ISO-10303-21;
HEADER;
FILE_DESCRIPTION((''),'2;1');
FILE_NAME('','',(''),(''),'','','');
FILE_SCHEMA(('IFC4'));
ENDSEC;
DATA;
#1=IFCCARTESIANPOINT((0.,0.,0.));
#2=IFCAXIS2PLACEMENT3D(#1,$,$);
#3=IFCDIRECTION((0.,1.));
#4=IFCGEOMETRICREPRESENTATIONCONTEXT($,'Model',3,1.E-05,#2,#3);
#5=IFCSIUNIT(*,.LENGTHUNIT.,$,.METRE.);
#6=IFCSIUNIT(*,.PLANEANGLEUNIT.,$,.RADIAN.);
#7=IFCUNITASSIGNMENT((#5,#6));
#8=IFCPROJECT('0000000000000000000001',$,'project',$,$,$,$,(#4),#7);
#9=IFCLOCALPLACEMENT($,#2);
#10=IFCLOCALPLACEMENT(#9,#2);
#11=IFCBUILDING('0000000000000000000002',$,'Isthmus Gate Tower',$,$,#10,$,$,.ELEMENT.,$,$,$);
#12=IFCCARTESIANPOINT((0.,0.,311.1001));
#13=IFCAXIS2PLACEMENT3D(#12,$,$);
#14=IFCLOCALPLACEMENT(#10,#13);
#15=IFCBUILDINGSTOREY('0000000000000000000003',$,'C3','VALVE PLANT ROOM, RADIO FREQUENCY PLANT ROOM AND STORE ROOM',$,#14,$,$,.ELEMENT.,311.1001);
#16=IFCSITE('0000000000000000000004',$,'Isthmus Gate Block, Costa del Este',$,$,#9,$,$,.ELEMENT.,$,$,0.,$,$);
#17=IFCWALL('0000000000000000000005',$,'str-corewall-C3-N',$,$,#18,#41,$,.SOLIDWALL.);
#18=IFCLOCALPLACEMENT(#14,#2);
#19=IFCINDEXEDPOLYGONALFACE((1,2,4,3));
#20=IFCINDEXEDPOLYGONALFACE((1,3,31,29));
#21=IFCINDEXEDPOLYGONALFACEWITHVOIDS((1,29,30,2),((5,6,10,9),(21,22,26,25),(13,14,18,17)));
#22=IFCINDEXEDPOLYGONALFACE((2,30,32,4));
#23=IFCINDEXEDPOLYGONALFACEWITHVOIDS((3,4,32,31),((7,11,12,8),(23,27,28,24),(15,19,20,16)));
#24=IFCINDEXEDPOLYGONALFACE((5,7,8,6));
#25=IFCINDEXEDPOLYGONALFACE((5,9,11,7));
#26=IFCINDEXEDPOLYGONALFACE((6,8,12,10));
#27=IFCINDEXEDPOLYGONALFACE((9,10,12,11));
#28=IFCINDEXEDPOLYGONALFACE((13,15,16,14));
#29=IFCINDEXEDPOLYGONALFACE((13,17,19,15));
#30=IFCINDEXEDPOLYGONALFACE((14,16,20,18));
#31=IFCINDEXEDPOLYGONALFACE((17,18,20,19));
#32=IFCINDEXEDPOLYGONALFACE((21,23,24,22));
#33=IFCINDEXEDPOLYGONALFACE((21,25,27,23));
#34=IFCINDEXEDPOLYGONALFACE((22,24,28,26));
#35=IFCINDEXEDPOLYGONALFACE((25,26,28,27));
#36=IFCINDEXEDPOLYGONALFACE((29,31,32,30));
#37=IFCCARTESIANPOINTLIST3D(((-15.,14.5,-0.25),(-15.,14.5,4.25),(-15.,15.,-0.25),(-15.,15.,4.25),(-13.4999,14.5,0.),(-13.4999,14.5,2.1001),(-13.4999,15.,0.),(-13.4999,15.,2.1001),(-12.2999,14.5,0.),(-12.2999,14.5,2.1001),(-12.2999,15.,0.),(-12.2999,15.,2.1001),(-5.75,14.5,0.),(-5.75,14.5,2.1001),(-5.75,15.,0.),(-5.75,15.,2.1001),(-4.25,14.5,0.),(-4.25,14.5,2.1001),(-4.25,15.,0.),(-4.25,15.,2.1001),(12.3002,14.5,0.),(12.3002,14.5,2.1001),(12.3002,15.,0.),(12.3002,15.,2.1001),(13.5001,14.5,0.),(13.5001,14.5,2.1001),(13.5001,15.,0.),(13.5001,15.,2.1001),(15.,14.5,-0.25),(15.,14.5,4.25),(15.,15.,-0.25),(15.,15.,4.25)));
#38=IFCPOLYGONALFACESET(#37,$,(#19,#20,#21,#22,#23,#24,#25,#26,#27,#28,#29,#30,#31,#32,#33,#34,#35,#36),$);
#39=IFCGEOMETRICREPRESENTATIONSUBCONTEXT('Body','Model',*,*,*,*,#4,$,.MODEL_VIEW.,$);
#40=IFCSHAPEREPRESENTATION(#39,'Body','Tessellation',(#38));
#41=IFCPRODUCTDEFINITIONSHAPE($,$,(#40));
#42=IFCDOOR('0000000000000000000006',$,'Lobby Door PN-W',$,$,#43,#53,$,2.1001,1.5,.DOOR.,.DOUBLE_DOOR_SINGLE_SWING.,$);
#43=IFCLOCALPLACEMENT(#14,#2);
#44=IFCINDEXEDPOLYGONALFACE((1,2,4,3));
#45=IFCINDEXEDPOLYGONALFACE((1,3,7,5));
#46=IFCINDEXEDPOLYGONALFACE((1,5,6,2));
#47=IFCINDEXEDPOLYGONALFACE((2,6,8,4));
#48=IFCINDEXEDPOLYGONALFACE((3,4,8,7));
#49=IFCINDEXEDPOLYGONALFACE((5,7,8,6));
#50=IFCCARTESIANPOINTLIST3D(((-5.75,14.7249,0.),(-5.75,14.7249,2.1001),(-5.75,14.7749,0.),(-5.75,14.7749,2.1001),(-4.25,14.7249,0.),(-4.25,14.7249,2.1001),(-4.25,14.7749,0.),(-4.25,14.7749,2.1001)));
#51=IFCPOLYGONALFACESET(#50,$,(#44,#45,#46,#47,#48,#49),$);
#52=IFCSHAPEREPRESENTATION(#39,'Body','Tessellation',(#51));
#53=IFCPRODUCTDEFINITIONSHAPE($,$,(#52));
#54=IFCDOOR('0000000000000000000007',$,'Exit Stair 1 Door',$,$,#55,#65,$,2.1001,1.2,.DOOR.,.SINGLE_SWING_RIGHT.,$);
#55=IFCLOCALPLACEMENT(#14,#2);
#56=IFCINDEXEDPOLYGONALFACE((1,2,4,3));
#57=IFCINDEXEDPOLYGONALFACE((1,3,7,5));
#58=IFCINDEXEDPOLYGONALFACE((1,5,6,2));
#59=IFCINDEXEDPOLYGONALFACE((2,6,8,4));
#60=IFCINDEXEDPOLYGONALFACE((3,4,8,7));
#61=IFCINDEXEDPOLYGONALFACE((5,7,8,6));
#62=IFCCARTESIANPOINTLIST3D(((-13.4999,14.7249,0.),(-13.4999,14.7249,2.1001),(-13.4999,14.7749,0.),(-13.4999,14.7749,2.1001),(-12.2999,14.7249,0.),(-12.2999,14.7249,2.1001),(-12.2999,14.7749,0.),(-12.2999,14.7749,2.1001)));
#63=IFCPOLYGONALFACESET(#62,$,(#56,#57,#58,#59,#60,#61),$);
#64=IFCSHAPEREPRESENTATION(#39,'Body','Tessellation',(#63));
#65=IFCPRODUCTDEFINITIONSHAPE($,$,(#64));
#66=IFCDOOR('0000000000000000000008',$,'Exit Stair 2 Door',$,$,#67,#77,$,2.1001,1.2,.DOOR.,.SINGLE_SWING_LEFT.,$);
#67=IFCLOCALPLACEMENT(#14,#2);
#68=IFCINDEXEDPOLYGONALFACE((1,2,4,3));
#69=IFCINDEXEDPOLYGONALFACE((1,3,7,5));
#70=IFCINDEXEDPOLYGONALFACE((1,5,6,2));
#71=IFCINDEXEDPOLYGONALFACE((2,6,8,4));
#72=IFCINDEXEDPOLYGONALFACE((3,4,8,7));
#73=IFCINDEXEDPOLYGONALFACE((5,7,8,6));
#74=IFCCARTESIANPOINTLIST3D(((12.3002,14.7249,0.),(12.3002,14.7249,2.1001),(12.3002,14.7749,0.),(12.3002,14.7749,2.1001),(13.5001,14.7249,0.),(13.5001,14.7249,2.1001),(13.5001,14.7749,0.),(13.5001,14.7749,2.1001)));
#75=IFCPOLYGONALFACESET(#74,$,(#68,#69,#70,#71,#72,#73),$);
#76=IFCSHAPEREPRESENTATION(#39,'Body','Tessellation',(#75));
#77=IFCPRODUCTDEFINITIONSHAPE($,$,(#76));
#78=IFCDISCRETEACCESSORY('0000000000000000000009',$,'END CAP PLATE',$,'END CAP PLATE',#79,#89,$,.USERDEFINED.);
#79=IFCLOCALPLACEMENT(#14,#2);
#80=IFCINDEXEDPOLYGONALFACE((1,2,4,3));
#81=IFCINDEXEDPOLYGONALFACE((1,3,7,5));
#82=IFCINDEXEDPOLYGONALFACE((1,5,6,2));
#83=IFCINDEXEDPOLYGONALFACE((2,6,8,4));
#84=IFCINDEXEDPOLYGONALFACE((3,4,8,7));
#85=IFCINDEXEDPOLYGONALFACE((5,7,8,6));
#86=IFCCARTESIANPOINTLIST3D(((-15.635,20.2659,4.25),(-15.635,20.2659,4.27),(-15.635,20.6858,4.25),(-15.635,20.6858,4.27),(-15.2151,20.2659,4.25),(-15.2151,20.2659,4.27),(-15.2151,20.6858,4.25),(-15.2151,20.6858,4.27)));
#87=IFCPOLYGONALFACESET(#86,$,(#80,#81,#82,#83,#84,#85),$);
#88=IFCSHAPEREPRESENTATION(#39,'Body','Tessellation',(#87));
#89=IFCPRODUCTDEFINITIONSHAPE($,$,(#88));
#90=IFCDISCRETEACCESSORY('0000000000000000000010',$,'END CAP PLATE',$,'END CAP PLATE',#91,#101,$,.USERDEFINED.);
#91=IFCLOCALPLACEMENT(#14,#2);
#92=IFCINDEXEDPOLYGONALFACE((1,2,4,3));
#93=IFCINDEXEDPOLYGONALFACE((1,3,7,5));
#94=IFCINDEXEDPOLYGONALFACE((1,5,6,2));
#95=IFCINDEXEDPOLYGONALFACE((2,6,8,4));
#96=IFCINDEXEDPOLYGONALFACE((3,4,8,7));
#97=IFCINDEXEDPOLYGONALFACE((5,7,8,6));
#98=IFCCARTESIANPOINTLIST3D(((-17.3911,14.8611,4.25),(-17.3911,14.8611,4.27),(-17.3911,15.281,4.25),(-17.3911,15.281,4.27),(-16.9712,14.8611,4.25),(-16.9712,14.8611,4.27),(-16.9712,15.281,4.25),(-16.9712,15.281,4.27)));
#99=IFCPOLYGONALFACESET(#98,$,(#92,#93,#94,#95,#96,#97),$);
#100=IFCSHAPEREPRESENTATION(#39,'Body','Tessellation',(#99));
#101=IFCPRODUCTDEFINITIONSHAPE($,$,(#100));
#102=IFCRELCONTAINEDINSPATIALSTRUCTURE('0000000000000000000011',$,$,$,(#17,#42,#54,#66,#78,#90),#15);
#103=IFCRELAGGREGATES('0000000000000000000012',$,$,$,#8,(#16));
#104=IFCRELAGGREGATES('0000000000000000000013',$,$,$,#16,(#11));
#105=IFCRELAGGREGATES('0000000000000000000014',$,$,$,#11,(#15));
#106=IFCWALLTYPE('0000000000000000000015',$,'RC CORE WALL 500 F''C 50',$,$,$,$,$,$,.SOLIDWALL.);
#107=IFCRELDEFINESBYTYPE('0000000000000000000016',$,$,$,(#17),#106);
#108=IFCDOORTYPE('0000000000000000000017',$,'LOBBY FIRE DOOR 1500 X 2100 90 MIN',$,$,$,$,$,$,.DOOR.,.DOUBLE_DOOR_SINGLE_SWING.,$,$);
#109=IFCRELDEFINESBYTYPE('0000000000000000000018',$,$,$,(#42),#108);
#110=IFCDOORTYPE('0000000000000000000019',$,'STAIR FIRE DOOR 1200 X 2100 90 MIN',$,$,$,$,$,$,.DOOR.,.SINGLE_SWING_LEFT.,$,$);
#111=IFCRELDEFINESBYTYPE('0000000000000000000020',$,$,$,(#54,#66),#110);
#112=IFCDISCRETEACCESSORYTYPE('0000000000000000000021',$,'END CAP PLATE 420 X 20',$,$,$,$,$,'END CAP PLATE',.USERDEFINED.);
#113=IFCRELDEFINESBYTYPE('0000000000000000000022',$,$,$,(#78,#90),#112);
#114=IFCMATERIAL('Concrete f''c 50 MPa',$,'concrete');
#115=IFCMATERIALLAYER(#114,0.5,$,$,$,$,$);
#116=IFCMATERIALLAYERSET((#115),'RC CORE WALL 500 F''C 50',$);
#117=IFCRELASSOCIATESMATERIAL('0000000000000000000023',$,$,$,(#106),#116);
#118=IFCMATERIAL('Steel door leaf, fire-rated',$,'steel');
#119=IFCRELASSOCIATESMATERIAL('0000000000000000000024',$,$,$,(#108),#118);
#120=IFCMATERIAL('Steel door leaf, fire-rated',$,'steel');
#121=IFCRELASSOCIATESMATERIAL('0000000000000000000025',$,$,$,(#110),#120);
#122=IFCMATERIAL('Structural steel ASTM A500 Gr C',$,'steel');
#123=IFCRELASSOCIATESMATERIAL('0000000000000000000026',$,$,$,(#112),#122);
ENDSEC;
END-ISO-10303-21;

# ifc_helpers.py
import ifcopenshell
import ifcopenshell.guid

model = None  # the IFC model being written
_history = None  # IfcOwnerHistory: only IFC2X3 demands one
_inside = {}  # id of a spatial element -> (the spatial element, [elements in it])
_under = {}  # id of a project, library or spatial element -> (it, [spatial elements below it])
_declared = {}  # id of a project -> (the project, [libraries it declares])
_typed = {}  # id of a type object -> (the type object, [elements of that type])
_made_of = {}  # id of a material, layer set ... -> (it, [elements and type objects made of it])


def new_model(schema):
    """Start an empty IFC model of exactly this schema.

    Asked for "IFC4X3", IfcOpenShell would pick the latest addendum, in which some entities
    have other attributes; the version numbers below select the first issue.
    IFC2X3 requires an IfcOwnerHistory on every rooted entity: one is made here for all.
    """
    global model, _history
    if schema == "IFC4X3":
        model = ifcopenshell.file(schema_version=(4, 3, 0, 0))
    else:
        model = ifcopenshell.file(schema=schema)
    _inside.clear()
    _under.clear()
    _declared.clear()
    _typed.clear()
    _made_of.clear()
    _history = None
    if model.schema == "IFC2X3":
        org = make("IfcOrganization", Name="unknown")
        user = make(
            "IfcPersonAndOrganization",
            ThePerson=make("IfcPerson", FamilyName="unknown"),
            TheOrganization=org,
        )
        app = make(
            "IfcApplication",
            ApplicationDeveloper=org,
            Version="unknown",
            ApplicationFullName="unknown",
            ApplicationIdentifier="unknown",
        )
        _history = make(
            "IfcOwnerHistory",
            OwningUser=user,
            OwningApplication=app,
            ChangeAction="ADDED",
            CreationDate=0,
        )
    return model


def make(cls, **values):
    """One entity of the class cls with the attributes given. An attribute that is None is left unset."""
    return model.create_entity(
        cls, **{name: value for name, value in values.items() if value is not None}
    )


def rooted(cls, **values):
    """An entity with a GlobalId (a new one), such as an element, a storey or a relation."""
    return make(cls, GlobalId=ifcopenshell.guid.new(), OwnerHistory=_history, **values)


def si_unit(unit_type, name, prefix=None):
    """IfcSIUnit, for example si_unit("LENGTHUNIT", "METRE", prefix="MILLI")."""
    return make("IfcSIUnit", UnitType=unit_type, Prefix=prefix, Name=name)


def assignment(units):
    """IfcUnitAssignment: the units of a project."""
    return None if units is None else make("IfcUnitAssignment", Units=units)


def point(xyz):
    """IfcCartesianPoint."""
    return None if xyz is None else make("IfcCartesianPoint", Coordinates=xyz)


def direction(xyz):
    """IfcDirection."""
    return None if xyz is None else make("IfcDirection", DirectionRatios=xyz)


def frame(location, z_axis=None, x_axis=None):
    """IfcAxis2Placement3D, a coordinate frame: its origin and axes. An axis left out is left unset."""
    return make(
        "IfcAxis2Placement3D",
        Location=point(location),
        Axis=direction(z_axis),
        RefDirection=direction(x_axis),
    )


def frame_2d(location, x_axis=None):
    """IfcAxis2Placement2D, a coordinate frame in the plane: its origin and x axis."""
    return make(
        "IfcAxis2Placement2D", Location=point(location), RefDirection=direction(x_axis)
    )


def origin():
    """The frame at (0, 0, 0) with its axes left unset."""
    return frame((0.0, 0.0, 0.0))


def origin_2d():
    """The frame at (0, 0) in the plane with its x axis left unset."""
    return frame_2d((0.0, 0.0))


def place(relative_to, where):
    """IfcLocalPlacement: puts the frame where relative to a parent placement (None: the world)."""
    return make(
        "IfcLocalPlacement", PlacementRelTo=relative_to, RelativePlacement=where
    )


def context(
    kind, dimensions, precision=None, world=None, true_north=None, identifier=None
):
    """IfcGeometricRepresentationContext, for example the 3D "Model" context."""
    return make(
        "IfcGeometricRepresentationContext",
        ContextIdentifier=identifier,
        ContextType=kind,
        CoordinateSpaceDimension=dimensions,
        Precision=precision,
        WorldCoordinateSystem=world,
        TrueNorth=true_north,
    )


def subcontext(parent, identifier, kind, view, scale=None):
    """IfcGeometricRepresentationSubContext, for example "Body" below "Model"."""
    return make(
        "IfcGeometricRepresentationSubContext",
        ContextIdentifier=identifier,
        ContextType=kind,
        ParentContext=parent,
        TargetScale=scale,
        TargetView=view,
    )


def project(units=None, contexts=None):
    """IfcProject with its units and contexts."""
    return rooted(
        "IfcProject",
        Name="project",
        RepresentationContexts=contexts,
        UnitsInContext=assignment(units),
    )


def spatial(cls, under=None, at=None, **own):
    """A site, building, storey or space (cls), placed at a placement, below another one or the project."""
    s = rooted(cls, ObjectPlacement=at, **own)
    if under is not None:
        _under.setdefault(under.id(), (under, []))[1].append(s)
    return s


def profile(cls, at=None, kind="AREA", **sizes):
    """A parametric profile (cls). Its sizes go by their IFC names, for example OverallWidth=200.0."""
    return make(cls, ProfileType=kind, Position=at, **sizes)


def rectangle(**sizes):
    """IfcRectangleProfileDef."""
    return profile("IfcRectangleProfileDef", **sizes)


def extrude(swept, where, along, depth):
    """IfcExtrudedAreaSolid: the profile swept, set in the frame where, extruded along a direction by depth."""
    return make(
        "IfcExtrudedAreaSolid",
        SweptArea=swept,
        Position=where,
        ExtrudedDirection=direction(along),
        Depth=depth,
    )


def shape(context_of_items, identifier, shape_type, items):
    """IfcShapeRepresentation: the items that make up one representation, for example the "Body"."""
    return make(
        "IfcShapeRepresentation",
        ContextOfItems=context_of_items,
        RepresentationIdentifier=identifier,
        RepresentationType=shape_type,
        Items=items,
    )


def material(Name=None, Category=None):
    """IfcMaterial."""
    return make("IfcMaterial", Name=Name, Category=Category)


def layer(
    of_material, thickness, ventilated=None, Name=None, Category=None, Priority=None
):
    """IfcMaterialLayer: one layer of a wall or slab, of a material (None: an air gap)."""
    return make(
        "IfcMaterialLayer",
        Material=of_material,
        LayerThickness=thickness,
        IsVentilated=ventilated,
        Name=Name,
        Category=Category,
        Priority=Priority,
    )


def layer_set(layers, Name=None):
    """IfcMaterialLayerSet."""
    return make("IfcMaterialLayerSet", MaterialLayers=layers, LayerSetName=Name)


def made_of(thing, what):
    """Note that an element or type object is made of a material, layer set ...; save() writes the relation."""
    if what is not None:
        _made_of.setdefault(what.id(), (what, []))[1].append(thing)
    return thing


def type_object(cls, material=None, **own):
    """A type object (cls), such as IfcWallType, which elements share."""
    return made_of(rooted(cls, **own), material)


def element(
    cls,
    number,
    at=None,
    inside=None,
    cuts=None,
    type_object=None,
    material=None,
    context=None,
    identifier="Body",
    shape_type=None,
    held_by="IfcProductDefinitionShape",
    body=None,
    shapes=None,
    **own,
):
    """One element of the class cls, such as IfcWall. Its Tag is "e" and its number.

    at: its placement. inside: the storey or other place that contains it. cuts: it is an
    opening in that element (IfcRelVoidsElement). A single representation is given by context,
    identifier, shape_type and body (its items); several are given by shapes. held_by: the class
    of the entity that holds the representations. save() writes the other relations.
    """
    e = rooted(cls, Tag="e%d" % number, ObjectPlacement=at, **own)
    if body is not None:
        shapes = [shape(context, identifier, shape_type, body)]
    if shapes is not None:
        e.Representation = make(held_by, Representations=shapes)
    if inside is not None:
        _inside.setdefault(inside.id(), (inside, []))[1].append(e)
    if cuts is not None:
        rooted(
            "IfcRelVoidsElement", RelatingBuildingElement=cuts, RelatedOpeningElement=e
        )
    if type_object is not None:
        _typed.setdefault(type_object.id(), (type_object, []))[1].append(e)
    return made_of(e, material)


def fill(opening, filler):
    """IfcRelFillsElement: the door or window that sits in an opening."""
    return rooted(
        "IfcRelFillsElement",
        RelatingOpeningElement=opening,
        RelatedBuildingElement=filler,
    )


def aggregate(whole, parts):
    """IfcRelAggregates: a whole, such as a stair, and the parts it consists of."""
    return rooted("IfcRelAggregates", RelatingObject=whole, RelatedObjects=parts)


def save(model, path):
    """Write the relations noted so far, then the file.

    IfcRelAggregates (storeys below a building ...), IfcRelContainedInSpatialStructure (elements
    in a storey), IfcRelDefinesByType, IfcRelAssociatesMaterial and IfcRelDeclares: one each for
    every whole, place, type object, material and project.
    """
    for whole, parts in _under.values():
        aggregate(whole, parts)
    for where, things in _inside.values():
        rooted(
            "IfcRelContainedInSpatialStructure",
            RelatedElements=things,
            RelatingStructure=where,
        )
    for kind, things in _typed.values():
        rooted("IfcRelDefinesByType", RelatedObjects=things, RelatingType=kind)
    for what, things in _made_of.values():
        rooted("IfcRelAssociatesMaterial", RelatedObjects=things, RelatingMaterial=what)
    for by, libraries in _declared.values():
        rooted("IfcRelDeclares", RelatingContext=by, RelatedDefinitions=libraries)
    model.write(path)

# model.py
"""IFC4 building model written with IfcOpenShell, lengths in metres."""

from ifc_helpers import new_model, si_unit, direction, frame, frame_2d, origin, origin_2d, place, context, subcontext, project, spatial, rectangle, extrude, material, layer, layer_set, type_object, element, fill, save


model = new_model("IFC4")

# Units and contexts
model_context = context("Model", 3, precision=1e-05, world=origin(), true_north=direction((0.0, 1.0)))
body_context = subcontext(model_context, "Body", "Model", "MODEL_VIEW")
ifc_project = project(units=[si_unit("LENGTHUNIT", "METRE"), si_unit("PLANEANGLEUNIT", "RADIAN")], contexts=[model_context])

# Site, building, storey
site_placement = place(None, origin())
site = spatial("IfcSite", under=ifc_project, at=site_placement, Name="Isthmus Gate Block, Costa del Este", CompositionType="ELEMENT", RefElevation=0.0)
building_placement = place(site_placement, origin())
building = spatial("IfcBuilding", under=site, at=building_placement, Name="Isthmus Gate Tower", CompositionType="ELEMENT")
storey_placement = place(building_placement, frame((0.0, 0.0, 311.1001)))
storey = spatial("IfcBuildingStorey", under=building, at=storey_placement, Name="C3", Description="VALVE PLANT ROOM, RADIO FREQUENCY PLANT ROOM AND STORE ROOM", CompositionType="ELEMENT", Elevation=311.1001)

# Wall, openings, doors
ifc_material_1 = material(Name="Concrete f'c 50 MPa", Category="concrete")
ifc_layer_1 = layer(ifc_material_1, 0.5)
ifc_layer_set_1 = layer_set([ifc_layer_1], Name="RC CORE WALL 500 F'C 50")
wall_type_1 = type_object("IfcWallType", Name="RC CORE WALL 500 F'C 50", PredefinedType="SOLIDWALL", material=ifc_layer_set_1)
wall_1_placement = place(storey_placement, frame((-15.0, 14.75, -0.25), z_axis=(0.0, 0.0, 1.0), x_axis=(1.0, 0.0, 0.0)))
wall_1 = element("IfcWall", 1, at=wall_1_placement, inside=storey, type_object=wall_type_1, Name="str-corewall-C3-N", PredefinedType="SOLIDWALL", context=body_context, shape_type="SweptSolid", body=[
    extrude(rectangle(XDim=30.0, YDim=0.5, at=frame_2d((15.0, 0.0))), origin(), (0.0, 0.0, 1.0), 4.5),
])
opening_1_placement = place(wall_1_placement, frame((1.5, 0.0, 0.25)))
opening_1 = element("IfcOpeningElement", 2, at=opening_1_placement, cuts=wall_1, PredefinedType="OPENING", context=body_context, shape_type="SweptSolid", body=[
    extrude(rectangle(XDim=1.2, YDim=2.1001, at=frame_2d((0.6001, 1.05))), frame((0.0, 0.26, 0.0), z_axis=(0.0, -1.0, 0.0), x_axis=(1.0, 0.0, 0.0)), (0.0, 0.0, 1.0), 0.52),
])
opening_2_placement = place(wall_1_placement, frame((27.3, 0.0, 0.25)))
opening_2 = element("IfcOpeningElement", 3, at=opening_2_placement, cuts=wall_1, PredefinedType="OPENING", context=body_context, shape_type="SweptSolid", body=[
    extrude(rectangle(XDim=1.2, YDim=2.1001, at=frame_2d((0.6001, 1.05))), frame((0.0, 0.26, 0.0), z_axis=(0.0, -1.0, 0.0), x_axis=(1.0, 0.0, 0.0)), (0.0, 0.0, 1.0), 0.52),
])
opening_3_placement = place(wall_1_placement, frame((9.25, 0.0, 0.25)))
opening_3 = element("IfcOpeningElement", 4, at=opening_3_placement, cuts=wall_1, PredefinedType="OPENING", context=body_context, shape_type="SweptSolid", body=[
    extrude(rectangle(XDim=1.5, YDim=2.1001, at=frame_2d((0.75, 1.05))), frame((0.0, 0.26, 0.0), z_axis=(0.0, -1.0, 0.0), x_axis=(1.0, 0.0, 0.0)), (0.0, 0.0, 1.0), 0.52),
])
ifc_material_2 = material(Name="Steel door leaf, fire-rated", Category="steel")
door_type_1 = type_object("IfcDoorType", Name="LOBBY FIRE DOOR 1500 X 2100 90 MIN", OperationType="DOUBLE_DOOR_SINGLE_SWING", PredefinedType="DOOR", material=ifc_material_2)
door_1_placement = place(opening_3_placement, origin())
door_1 = element("IfcDoor", 5, at=door_1_placement, inside=storey, type_object=door_type_1, Name="Lobby Door PN-W", OperationType="DOUBLE_DOOR_SINGLE_SWING", OverallHeight=2.1001, OverallWidth=1.5, PredefinedType="DOOR", context=body_context, shape_type="SweptSolid", body=[
    extrude(rectangle(XDim=1.5, YDim=2.1001, at=frame_2d((0.75, 1.05))), frame((0.0, 0.0249, 0.0), z_axis=(0.0, -1.0, 0.0), x_axis=(1.0, 0.0, 0.0)), (0.0, 0.0, 1.0), 0.05),
])
fill(opening_3, door_1)
ifc_material_3 = material(Name="Steel door leaf, fire-rated", Category="steel")
door_type_2 = type_object("IfcDoorType", Name="STAIR FIRE DOOR 1200 X 2100 90 MIN", OperationType="SINGLE_SWING_LEFT", PredefinedType="DOOR", material=ifc_material_3)
door_2_placement = place(opening_1_placement, origin())
door_2 = element("IfcDoor", 6, at=door_2_placement, inside=storey, type_object=door_type_2, Name="Exit Stair 1 Door", OperationType="SINGLE_SWING_RIGHT", OverallHeight=2.1001, OverallWidth=1.2, PredefinedType="DOOR", context=body_context, shape_type="SweptSolid", body=[
    extrude(rectangle(XDim=1.2, YDim=2.1001, at=frame_2d((0.6001, 1.05))), frame((0.0, 0.0249, 0.0), z_axis=(0.0, -1.0, 0.0), x_axis=(1.0, 0.0, 0.0)), (0.0, 0.0, 1.0), 0.05),
])
fill(opening_1, door_2)
door_3_placement = place(opening_2_placement, origin())
door_3 = element("IfcDoor", 7, at=door_3_placement, inside=storey, type_object=door_type_2, Name="Exit Stair 2 Door", OperationType="SINGLE_SWING_LEFT", OverallHeight=2.1001, OverallWidth=1.2, PredefinedType="DOOR", context=body_context, shape_type="SweptSolid", body=[
    extrude(rectangle(XDim=1.2, YDim=2.1001, at=frame_2d((0.6001, 1.05))), frame((0.0, 0.0249, 0.0), z_axis=(0.0, -1.0, 0.0), x_axis=(1.0, 0.0, 0.0)), (0.0, 0.0, 1.0), 0.05),
])
fill(opening_2, door_3)

# Discrete accessories
ifc_material_4 = material(Name="Structural steel ASTM A500 Gr C", Category="steel")
discrete_accessory_type = type_object("IfcDiscreteAccessoryType", Name="END CAP PLATE 420 X 20", ElementType="END CAP PLATE", PredefinedType="USERDEFINED", material=ifc_material_4)
for number, where, z_axis, x_axis, name in (
    (8, (-15.425, 20.4758, 4.25), (0.0, 0.0, 1.0), (1.0, 0.0, 0.0), "END CAP PLATE"),
    (9, (-17.1812, 15.071, 4.25), (0.0, 0.0, 1.0), (1.0, 0.0, 0.0), "END CAP PLATE"),
):
    element("IfcDiscreteAccessory", number, at=place(storey_placement, frame(where, z_axis=z_axis, x_axis=x_axis)), inside=storey, type_object=discrete_accessory_type, Name=name, ObjectType="END CAP PLATE", PredefinedType="USERDEFINED", context=body_context, shape_type="SweptSolid", body=[
        extrude(rectangle(XDim=0.4199, YDim=0.4199, at=origin_2d()), origin(), (0.0, 0.0, 1.0), 0.02),
    ])

save(model, "model.ifc")
